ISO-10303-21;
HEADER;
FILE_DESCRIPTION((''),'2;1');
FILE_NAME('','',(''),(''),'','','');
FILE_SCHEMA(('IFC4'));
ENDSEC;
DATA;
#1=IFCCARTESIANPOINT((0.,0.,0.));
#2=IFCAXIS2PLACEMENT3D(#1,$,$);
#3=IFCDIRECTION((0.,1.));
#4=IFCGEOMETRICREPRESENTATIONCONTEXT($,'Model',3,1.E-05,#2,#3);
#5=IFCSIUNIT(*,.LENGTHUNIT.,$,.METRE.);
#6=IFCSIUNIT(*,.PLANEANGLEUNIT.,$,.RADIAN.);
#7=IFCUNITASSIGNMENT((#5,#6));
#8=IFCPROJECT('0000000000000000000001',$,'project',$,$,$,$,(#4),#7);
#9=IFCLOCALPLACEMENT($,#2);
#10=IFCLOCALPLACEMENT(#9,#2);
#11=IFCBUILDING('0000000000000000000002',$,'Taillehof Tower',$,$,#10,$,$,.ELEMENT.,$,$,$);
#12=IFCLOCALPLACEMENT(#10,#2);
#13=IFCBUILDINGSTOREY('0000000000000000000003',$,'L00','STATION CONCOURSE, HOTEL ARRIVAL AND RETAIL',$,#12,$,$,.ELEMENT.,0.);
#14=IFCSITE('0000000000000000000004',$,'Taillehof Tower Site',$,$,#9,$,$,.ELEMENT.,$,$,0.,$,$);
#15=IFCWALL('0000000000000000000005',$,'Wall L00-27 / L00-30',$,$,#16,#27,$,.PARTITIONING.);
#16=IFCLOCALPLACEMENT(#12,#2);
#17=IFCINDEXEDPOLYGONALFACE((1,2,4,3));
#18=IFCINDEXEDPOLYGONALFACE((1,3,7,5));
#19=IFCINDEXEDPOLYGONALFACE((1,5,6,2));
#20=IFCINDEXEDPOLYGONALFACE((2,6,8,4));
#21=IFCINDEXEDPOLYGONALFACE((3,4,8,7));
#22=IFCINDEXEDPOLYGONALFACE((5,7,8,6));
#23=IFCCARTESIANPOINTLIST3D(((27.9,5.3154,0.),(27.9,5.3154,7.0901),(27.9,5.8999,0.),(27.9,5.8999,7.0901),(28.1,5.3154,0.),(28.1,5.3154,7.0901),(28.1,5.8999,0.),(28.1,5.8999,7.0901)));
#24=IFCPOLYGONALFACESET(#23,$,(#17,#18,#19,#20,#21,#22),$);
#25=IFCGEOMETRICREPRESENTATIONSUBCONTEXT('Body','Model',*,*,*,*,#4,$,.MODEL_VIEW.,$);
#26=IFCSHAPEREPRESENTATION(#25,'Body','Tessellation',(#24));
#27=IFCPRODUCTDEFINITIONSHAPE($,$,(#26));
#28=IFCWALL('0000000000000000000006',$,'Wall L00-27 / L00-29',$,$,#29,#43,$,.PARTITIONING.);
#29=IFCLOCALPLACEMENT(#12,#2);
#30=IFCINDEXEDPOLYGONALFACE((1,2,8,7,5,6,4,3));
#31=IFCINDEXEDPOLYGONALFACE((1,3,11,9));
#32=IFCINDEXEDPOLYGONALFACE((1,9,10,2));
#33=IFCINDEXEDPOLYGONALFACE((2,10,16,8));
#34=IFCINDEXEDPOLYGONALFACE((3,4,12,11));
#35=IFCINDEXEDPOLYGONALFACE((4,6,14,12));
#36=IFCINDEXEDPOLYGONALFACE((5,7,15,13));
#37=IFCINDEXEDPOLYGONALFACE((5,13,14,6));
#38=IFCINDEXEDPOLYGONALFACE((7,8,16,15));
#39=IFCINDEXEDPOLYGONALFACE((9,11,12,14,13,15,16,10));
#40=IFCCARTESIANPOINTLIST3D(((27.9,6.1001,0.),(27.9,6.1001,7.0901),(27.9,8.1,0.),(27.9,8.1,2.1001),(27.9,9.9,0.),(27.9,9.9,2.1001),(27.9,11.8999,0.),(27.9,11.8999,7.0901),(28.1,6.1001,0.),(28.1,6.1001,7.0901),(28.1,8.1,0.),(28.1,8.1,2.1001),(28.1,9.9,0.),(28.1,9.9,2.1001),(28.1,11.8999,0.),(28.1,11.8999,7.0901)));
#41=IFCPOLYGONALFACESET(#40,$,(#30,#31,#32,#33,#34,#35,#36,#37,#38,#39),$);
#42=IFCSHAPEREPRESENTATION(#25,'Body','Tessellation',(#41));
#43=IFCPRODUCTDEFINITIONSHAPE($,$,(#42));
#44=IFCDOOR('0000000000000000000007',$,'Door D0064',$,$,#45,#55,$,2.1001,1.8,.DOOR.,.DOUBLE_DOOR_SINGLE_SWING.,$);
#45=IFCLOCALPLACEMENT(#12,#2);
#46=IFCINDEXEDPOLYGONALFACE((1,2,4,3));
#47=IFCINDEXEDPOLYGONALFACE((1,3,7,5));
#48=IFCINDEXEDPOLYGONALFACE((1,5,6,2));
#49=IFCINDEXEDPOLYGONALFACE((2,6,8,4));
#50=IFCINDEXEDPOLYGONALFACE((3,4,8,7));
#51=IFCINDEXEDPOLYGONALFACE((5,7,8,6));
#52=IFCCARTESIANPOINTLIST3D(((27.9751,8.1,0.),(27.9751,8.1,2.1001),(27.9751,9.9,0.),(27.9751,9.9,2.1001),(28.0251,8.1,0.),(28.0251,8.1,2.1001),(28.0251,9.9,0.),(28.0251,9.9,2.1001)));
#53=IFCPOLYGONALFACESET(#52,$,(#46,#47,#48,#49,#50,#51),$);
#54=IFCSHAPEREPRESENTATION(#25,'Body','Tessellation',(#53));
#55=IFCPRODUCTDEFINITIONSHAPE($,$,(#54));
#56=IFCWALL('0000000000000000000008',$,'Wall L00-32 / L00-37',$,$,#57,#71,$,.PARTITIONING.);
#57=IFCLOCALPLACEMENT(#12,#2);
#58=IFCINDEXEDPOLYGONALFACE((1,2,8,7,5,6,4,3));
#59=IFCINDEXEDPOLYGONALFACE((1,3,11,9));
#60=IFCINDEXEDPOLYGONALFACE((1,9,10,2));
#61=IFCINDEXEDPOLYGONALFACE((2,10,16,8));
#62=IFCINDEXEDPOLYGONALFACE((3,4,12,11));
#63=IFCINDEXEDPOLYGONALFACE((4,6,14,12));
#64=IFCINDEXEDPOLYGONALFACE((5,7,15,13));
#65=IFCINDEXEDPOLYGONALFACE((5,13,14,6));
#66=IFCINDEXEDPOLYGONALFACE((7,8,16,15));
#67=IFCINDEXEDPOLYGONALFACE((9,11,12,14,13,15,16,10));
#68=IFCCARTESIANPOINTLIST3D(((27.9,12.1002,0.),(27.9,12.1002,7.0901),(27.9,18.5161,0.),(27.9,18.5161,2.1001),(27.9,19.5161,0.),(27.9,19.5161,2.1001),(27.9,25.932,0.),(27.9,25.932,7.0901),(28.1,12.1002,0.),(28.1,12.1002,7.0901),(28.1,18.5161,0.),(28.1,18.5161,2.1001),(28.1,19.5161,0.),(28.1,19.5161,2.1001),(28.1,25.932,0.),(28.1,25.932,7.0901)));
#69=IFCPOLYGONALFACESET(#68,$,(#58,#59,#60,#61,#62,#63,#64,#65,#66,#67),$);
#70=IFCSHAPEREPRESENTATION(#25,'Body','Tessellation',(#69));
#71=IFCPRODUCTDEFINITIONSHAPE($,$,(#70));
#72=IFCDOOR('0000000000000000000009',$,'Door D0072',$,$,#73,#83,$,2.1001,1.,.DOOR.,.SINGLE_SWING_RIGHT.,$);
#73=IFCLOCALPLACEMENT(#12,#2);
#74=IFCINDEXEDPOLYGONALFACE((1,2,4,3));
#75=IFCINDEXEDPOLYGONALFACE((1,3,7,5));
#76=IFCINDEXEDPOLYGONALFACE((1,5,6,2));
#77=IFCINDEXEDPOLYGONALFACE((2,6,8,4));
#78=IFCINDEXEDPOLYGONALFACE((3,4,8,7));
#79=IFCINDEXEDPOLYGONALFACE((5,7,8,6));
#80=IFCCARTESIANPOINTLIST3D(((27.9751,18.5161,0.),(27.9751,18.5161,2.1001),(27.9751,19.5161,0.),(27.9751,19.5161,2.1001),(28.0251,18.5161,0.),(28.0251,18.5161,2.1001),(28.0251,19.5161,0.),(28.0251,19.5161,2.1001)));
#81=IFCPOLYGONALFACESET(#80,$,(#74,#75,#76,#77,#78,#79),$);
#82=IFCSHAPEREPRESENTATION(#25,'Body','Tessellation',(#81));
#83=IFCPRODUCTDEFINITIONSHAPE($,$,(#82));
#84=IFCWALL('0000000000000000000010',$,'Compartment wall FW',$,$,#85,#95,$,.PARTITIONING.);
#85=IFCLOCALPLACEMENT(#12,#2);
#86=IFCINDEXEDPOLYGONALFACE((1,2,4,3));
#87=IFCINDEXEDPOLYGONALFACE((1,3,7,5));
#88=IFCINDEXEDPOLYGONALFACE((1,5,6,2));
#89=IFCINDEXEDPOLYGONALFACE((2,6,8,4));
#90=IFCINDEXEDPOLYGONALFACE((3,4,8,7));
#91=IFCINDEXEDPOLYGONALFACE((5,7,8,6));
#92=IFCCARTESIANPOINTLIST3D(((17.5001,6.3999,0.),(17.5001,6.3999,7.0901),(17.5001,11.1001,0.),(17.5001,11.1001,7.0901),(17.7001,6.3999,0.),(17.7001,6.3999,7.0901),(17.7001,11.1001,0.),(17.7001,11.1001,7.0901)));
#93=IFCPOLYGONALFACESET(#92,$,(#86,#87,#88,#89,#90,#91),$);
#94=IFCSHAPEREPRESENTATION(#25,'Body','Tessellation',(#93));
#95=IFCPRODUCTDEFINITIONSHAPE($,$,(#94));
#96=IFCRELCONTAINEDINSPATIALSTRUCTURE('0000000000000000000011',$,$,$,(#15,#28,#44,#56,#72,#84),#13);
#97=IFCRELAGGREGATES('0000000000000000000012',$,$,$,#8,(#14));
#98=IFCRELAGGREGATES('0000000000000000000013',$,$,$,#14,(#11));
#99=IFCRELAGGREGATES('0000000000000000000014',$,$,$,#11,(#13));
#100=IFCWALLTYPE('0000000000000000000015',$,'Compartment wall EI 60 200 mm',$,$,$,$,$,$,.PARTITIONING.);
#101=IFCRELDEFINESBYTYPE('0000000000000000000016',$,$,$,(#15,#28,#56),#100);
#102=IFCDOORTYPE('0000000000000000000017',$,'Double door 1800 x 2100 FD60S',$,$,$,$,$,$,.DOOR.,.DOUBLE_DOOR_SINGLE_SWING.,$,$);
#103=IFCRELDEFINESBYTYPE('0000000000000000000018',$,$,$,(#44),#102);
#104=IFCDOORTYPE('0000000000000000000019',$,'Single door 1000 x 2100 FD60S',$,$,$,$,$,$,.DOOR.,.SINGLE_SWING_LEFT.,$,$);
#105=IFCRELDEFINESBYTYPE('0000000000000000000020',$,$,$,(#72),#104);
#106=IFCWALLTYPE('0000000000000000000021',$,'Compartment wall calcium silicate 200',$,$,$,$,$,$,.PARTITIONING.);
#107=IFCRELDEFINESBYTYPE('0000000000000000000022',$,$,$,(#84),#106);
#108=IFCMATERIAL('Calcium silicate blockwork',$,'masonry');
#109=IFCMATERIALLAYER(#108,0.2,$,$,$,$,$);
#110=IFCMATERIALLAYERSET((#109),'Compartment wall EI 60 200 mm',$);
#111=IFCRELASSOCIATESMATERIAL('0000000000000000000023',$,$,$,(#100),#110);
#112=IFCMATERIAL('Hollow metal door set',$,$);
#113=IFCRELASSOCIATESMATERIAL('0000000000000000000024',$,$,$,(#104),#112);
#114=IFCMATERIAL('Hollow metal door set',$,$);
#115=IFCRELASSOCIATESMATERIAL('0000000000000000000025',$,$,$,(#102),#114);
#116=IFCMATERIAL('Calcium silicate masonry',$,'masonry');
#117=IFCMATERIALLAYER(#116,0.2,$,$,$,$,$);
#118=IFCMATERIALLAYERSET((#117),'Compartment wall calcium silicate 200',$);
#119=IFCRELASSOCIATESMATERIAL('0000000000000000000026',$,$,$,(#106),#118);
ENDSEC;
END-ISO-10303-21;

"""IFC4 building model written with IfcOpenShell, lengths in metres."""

from ifc_helpers import new_model, si_unit, direction, frame, frame_2d, origin, place, context, subcontext, project, spatial, rectangle, extrude, material, layer, layer_set, type_object, element, fill, save


model = new_model("IFC4")

# Units and contexts
model_context = context("Model", 3, precision=1e-05, world=origin(), true_north=direction((0.0, 1.0)))
body_context = subcontext(model_context, "Body", "Model", "MODEL_VIEW")
ifc_project = project(units=[si_unit("LENGTHUNIT", "METRE"), si_unit("PLANEANGLEUNIT", "RADIAN")], contexts=[model_context])

# Site, building, storey
site_placement = place(None, origin())
site = spatial("IfcSite", under=ifc_project, at=site_placement, Name="Taillehof Tower Site", CompositionType="ELEMENT", RefElevation=0.0)
building_placement = place(site_placement, origin())
building = spatial("IfcBuilding", under=site, at=building_placement, Name="Taillehof Tower", CompositionType="ELEMENT")
storey_placement = place(building_placement, origin())
storey = spatial("IfcBuildingStorey", under=building, at=storey_placement, Name="L00", Description="STATION CONCOURSE, HOTEL ARRIVAL AND RETAIL", CompositionType="ELEMENT", Elevation=0.0)

# Shared definitions
ifc_material_1 = material(Name="Calcium silicate blockwork", Category="masonry")
ifc_layer_1 = layer(ifc_material_1, 0.2)
ifc_layer_set_1 = layer_set([ifc_layer_1], Name="Compartment wall EI 60 200 mm")
wall_type_1 = type_object("IfcWallType", Name="Compartment wall EI 60 200 mm", PredefinedType="PARTITIONING", material=ifc_layer_set_1)

# Shared definitions
ifc_material_2 = material(Name="Hollow metal door set")
door_type_1 = type_object("IfcDoorType", Name="Single door 1000 x 2100 FD60S", OperationType="SINGLE_SWING_LEFT", PredefinedType="DOOR", material=ifc_material_2)

# Wall
wall_1_placement = place(storey_placement, frame((28.0, 5.3154, 0.0), z_axis=(0.0, 0.0, 1.0), x_axis=(0.0, 1.0, 0.0)))
element("IfcWall", 1, at=wall_1_placement, inside=storey, type_object=wall_type_1, Name="Wall L00-27 / L00-30", PredefinedType="PARTITIONING", context=body_context, shape_type="SweptSolid", body=[
    extrude(rectangle(XDim=0.5845, YDim=0.2, at=frame_2d((0.2922, 0.0))), origin(), (0.0, 0.0, 1.0), 7.0901),
])

# Walls, openings, doors
wall_2_placement = place(storey_placement, frame((28.0, 6.1001, 0.0), z_axis=(0.0, 0.0, 1.0), x_axis=(0.0, 1.0, 0.0)))
wall_2 = element("IfcWall", 2, at=wall_2_placement, inside=storey, type_object=wall_type_1, Name="Wall L00-27 / L00-29", PredefinedType="PARTITIONING", context=body_context, shape_type="SweptSolid", body=[
    extrude(rectangle(XDim=5.7998, YDim=0.2, at=frame_2d((2.8999, 0.0))), origin(), (0.0, 0.0, 1.0), 7.0901),
])
opening_1_placement = place(wall_2_placement, frame((2.0, 0.0, 0.0)))
opening_1 = element("IfcOpeningElement", 3, at=opening_1_placement, cuts=wall_2, PredefinedType="OPENING", context=body_context, shape_type="SweptSolid", body=[
    extrude(rectangle(XDim=1.8, YDim=2.1001, at=frame_2d((0.8999, 1.05))), frame((0.0, 0.1099, 0.0), z_axis=(0.0, -1.0, 0.0), x_axis=(1.0, 0.0, 0.0)), (0.0, 0.0, 1.0), 0.22),
])
ifc_material_3 = material(Name="Hollow metal door set")
door_type_2 = type_object("IfcDoorType", Name="Double door 1800 x 2100 FD60S", OperationType="DOUBLE_DOOR_SINGLE_SWING", PredefinedType="DOOR", material=ifc_material_3)
door_1_placement = place(opening_1_placement, origin())
door_1 = element("IfcDoor", 4, at=door_1_placement, inside=storey, type_object=door_type_2, Name="Door D0064", OperationType="DOUBLE_DOOR_SINGLE_SWING", OverallHeight=2.1001, OverallWidth=1.8, PredefinedType="DOOR", context=body_context, shape_type="SweptSolid", body=[
    extrude(rectangle(XDim=1.8, YDim=2.1001, at=frame_2d((0.8999, 1.05))), frame((0.0, 0.0249, 0.0), z_axis=(0.0, -1.0, 0.0), x_axis=(1.0, 0.0, 0.0)), (0.0, 0.0, 1.0), 0.05),
])
fill(opening_1, door_1)
wall_3_placement = place(storey_placement, frame((28.0, 12.1001, 0.0), z_axis=(0.0, 0.0, 1.0), x_axis=(0.0, 1.0, 0.0)))
wall_3 = element("IfcWall", 5, at=wall_3_placement, inside=storey, type_object=wall_type_1, Name="Wall L00-32 / L00-37", PredefinedType="PARTITIONING", context=body_context, shape_type="SweptSolid", body=[
    extrude(rectangle(XDim=13.8318, YDim=0.2, at=frame_2d((6.916, 0.0))), origin(), (0.0, 0.0, 1.0), 7.0901),
])
opening_2_placement = place(wall_3_placement, frame((6.416, 0.0, 0.0)))
opening_2 = element("IfcOpeningElement", 6, at=opening_2_placement, cuts=wall_3, PredefinedType="OPENING", context=body_context, shape_type="SweptSolid", body=[
    extrude(rectangle(XDim=1.0, YDim=2.1001, at=frame_2d((0.5, 1.05))), frame((0.0, 0.1099, 0.0), z_axis=(0.0, -1.0, 0.0), x_axis=(1.0, 0.0, 0.0)), (0.0, 0.0, 1.0), 0.22),
])
door_2_placement = place(opening_2_placement, origin())
door_2 = element("IfcDoor", 7, at=door_2_placement, inside=storey, type_object=door_type_1, Name="Door D0072", OperationType="SINGLE_SWING_RIGHT", OverallHeight=2.1001, OverallWidth=1.0, PredefinedType="DOOR", context=body_context, shape_type="SweptSolid", body=[
    extrude(rectangle(XDim=1.0, YDim=2.1001, at=frame_2d((0.5, 1.05))), frame((0.0, 0.0249, 0.0), z_axis=(0.0, -1.0, 0.0), x_axis=(1.0, 0.0, 0.0)), (0.0, 0.0, 1.0), 0.05),
])
fill(opening_2, door_2)

# Wall
ifc_material_4 = material(Name="Calcium silicate masonry", Category="masonry")
ifc_layer_2 = layer(ifc_material_4, 0.2)
ifc_layer_set_2 = layer_set([ifc_layer_2], Name="Compartment wall calcium silicate 200")
wall_type_2 = type_object("IfcWallType", Name="Compartment wall calcium silicate 200", PredefinedType="PARTITIONING", material=ifc_layer_set_2)
wall_4_placement = place(storey_placement, frame((17.6001, 6.3999, 0.0), z_axis=(0.0, 0.0, 1.0), x_axis=(0.0, 1.0, 0.0)))
element("IfcWall", 8, at=wall_4_placement, inside=storey, type_object=wall_type_2, Name="Compartment wall FW", PredefinedType="PARTITIONING", context=body_context, shape_type="SweptSolid", body=[
    extrude(rectangle(XDim=4.7002, YDim=0.2, at=frame_2d((2.3501, 0.0))), origin(), (0.0, 0.0, 1.0), 7.0901),
])

save(model, "model.ifc")
